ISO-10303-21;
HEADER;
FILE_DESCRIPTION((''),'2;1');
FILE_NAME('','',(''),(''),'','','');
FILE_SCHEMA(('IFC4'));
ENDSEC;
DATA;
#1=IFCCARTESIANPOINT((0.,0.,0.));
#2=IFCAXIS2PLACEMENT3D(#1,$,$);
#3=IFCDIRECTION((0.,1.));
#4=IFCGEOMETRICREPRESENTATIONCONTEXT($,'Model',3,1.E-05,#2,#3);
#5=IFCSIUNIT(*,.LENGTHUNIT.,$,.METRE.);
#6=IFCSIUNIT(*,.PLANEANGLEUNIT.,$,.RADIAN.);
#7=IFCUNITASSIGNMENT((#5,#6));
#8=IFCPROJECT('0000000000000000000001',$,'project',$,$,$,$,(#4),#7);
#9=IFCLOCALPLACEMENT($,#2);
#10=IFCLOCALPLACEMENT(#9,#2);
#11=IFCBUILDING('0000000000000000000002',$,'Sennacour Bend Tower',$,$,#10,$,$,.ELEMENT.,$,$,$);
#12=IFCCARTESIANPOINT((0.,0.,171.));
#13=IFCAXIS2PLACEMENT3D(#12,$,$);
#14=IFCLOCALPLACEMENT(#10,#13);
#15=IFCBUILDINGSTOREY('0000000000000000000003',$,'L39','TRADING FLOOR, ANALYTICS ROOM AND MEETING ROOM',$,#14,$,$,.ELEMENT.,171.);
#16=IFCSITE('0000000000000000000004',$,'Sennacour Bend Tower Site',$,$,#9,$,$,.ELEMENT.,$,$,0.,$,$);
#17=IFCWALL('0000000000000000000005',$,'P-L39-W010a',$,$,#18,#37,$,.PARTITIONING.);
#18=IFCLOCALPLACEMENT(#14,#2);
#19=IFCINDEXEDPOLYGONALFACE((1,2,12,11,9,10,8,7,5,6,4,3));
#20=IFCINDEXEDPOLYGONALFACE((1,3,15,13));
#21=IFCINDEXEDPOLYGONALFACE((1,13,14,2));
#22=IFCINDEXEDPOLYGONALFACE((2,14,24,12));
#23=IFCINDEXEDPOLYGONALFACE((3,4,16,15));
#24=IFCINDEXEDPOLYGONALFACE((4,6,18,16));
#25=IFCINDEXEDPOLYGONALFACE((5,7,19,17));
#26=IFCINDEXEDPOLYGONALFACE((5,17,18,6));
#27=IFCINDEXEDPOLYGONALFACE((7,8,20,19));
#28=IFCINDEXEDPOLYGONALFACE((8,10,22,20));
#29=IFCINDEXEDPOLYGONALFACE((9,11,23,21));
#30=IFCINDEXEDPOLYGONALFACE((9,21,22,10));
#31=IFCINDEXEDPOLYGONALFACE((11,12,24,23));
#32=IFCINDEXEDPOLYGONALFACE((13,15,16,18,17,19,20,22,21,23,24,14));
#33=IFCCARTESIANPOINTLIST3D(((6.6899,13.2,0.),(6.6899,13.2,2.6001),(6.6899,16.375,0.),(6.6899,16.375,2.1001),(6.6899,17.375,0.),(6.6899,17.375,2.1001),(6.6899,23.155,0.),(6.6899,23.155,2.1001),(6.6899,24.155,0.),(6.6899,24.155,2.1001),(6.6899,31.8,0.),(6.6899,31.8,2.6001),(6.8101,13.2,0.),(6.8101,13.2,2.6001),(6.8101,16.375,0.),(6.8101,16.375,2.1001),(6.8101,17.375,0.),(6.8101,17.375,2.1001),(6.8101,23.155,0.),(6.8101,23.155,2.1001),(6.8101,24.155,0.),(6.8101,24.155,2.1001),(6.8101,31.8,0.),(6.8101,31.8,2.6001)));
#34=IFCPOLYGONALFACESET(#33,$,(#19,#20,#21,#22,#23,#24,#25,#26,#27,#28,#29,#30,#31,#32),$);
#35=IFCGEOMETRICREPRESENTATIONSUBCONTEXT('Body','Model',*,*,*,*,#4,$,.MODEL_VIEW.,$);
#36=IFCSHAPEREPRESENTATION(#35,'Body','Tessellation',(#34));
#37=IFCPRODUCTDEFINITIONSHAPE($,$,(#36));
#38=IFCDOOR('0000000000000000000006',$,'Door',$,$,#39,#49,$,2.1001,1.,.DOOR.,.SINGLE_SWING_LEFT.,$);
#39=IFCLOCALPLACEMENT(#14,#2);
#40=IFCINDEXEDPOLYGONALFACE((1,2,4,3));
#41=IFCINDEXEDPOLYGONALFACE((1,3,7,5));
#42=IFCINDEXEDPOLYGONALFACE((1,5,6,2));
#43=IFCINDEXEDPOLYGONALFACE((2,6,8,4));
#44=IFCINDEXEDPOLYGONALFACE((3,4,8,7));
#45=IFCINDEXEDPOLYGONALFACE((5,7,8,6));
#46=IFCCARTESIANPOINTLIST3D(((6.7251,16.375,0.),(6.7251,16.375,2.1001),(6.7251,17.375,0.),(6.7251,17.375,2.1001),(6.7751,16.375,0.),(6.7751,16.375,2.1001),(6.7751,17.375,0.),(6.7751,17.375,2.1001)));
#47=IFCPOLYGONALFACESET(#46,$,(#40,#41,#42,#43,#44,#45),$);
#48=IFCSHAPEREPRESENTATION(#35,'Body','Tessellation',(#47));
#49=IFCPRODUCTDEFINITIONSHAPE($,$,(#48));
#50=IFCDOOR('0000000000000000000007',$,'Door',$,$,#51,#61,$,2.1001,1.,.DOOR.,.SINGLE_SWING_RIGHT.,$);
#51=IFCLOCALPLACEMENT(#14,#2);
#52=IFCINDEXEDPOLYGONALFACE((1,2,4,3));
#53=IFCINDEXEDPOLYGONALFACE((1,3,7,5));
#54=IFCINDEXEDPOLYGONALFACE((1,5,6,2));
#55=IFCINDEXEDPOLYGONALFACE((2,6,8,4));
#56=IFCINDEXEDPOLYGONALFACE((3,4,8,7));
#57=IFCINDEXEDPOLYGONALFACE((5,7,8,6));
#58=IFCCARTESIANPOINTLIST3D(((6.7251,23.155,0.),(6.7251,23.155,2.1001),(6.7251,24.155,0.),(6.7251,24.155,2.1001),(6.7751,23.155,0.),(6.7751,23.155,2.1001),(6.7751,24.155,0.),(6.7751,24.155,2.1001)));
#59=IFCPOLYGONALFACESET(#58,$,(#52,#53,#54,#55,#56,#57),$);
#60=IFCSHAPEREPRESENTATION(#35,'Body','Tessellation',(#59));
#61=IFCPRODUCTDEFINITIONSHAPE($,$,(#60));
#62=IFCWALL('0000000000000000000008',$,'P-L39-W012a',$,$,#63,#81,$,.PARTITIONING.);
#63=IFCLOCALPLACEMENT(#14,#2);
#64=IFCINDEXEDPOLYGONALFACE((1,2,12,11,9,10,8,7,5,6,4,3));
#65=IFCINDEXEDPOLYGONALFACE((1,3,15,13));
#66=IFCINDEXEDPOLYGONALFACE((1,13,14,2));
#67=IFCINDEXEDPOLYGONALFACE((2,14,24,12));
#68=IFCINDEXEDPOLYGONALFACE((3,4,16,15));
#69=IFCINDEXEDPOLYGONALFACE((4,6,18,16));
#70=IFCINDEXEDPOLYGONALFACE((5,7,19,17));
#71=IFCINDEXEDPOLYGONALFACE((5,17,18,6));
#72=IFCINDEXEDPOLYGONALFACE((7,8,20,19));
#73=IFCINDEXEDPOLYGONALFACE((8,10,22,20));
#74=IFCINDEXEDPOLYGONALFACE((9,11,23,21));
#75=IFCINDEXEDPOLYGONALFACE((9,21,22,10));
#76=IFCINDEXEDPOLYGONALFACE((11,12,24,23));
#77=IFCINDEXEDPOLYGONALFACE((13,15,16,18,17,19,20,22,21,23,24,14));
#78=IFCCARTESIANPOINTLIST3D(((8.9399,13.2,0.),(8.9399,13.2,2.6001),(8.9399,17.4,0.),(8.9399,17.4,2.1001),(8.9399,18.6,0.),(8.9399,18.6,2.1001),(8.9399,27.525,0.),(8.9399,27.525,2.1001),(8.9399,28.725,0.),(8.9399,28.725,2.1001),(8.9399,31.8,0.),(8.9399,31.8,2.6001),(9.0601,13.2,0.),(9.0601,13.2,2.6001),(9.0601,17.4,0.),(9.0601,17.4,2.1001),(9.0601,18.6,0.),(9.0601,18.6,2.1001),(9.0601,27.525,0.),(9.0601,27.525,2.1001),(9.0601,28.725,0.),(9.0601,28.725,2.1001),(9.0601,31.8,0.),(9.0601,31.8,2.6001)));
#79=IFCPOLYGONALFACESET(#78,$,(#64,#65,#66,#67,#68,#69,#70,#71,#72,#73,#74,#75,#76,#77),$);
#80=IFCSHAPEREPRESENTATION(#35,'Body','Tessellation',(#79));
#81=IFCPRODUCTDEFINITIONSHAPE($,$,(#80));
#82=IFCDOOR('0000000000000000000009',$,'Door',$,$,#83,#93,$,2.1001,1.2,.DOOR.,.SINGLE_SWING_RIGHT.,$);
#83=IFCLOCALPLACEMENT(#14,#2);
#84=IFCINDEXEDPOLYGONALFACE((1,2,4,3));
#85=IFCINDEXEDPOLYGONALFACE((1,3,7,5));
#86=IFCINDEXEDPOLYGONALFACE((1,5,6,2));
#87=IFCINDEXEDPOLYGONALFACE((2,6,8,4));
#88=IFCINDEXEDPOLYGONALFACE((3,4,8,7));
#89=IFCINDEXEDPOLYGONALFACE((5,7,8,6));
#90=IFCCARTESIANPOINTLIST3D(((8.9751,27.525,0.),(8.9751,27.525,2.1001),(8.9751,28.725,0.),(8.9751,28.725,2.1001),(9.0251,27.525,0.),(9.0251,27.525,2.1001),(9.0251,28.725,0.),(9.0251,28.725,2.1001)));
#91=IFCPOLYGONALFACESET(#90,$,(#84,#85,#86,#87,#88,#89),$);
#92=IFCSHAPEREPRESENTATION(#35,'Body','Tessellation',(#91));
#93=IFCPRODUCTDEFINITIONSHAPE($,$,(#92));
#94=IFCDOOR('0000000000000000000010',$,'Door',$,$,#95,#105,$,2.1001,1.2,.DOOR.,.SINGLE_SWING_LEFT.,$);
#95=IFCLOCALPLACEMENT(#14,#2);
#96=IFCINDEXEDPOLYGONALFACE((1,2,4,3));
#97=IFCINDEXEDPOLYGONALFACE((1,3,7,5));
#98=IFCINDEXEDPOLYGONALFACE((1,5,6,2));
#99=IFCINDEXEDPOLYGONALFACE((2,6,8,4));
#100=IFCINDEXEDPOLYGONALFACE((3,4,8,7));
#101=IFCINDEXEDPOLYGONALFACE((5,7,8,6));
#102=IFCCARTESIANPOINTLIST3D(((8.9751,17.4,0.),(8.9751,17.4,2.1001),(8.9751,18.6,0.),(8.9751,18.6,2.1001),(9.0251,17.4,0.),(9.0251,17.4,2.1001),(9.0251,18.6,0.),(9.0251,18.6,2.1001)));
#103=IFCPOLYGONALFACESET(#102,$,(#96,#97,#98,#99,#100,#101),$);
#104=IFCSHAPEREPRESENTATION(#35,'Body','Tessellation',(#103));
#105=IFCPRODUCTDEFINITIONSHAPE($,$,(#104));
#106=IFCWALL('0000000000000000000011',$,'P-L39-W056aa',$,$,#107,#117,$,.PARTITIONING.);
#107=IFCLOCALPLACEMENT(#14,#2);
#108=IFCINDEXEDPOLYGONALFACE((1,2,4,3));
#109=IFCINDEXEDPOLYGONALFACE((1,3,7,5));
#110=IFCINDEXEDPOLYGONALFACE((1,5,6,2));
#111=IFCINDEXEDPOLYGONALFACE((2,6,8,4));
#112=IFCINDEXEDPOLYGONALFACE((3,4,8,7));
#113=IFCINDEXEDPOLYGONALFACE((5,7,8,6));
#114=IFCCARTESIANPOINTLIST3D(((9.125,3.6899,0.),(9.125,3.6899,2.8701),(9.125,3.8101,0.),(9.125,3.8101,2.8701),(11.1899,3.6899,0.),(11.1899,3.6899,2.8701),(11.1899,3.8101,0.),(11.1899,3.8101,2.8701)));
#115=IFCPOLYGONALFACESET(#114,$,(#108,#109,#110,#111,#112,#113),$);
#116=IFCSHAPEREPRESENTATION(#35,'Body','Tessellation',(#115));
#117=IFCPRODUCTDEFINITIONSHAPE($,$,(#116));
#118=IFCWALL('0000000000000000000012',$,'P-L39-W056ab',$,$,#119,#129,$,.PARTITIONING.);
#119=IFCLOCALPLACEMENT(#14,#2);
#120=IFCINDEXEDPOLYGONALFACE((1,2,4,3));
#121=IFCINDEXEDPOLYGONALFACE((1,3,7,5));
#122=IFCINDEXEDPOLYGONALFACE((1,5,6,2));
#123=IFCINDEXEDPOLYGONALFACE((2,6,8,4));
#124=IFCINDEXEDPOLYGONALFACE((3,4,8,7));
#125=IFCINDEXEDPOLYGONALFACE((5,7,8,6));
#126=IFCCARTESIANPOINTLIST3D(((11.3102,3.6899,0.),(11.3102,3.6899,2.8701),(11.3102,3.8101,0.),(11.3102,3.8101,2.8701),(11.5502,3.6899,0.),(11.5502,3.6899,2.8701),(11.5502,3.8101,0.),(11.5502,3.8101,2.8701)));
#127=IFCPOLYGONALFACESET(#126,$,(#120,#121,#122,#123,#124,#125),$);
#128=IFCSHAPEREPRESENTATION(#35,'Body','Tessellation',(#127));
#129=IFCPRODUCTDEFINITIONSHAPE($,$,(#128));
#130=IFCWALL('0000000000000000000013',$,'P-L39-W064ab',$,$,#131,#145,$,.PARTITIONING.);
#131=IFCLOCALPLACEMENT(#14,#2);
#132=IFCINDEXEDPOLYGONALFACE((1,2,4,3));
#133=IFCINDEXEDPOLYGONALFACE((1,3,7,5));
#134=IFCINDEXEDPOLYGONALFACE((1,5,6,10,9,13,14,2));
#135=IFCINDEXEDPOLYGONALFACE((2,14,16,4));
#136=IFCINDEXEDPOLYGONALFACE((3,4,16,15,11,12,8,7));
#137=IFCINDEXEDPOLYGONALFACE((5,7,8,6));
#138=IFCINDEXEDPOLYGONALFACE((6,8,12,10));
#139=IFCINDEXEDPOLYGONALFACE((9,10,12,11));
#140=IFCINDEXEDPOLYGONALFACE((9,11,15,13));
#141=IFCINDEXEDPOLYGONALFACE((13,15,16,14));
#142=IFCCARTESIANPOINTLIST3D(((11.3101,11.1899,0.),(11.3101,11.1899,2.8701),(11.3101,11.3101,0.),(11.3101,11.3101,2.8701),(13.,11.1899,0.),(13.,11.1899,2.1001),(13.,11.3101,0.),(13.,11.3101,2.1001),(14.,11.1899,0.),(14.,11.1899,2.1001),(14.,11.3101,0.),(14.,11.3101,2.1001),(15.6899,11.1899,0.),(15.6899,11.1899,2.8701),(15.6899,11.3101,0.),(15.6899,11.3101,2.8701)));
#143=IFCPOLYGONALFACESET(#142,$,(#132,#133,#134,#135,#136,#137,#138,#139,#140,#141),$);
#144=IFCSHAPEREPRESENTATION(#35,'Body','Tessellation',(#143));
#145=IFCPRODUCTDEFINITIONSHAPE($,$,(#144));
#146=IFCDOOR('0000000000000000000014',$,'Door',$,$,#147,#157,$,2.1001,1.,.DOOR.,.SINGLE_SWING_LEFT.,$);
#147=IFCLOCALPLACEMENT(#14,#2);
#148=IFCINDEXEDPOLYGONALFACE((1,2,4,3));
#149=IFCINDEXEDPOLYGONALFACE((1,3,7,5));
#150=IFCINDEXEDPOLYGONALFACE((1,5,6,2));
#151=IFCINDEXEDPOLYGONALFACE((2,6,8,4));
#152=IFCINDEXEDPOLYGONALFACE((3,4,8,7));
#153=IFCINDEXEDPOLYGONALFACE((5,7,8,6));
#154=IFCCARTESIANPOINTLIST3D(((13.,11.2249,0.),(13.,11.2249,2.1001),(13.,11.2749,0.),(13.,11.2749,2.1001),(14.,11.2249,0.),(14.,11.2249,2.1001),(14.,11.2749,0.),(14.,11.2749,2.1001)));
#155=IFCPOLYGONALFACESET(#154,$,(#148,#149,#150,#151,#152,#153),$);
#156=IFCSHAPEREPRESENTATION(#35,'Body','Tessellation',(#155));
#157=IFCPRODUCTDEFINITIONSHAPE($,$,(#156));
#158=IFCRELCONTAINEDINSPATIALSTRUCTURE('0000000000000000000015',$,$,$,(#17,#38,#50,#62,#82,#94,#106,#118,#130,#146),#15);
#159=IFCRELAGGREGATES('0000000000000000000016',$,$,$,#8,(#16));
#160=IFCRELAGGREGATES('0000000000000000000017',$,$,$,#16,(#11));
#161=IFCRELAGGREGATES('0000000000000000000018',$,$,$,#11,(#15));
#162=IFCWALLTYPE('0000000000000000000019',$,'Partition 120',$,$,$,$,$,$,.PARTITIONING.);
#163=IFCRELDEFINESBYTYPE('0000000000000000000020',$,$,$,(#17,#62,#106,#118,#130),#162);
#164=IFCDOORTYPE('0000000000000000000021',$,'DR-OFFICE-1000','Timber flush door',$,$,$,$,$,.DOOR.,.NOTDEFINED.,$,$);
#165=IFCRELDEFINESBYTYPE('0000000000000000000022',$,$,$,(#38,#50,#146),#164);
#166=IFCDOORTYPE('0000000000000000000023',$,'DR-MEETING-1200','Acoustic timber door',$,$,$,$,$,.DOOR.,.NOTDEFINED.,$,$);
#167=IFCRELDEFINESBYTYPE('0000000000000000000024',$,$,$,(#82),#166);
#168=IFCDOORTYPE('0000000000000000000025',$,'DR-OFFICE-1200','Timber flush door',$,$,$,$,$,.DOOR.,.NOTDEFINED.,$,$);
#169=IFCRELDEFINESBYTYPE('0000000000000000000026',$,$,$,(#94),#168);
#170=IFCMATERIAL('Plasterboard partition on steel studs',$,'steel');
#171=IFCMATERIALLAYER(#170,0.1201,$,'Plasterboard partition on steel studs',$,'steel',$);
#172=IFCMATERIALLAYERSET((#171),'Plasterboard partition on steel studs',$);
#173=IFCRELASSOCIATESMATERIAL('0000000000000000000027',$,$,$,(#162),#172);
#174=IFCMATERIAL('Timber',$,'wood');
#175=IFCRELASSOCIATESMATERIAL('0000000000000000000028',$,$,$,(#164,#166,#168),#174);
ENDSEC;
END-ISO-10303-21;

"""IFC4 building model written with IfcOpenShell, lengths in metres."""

from ifc_helpers import new_model, si_unit, direction, frame, frame_2d, origin, place, context, subcontext, project, spatial, rectangle, extrude, material, layer, layer_set, type_object, element, fill, save


model = new_model("IFC4")

# Units and contexts
model_context = context("Model", 3, precision=1e-05, world=origin(), true_north=direction((0.0, 1.0)))
body_context = subcontext(model_context, "Body", "Model", "MODEL_VIEW")
ifc_project = project(units=[si_unit("LENGTHUNIT", "METRE"), si_unit("PLANEANGLEUNIT", "RADIAN")], contexts=[model_context])

# Site, building, storey
site_placement = place(None, origin())
site = spatial("IfcSite", under=ifc_project, at=site_placement, Name="Sennacour Bend Tower Site", CompositionType="ELEMENT", RefElevation=0.0)
building_placement = place(site_placement, origin())
building = spatial("IfcBuilding", under=site, at=building_placement, Name="Sennacour Bend Tower", CompositionType="ELEMENT")
storey_placement = place(building_placement, frame((0.0, 0.0, 171.0)))
storey = spatial("IfcBuildingStorey", under=building, at=storey_placement, Name="L39", Description="TRADING FLOOR, ANALYTICS ROOM AND MEETING ROOM", CompositionType="ELEMENT", Elevation=171.0)

# Walls, openings, doors
ifc_material_1 = material(Name="Plasterboard partition on steel studs", Category="steel")
ifc_layer_1 = layer(ifc_material_1, 0.1201, Name="Plasterboard partition on steel studs", Category="steel")
ifc_layer_set_1 = layer_set([ifc_layer_1], Name="Plasterboard partition on steel studs")
wall_type_1 = type_object("IfcWallType", Name="Partition 120", PredefinedType="PARTITIONING", material=ifc_layer_set_1)
wall_1_placement = place(storey_placement, frame((6.75, 13.2, 0.0), z_axis=(0.0, 0.0, 1.0), x_axis=(0.0, 1.0, 0.0)))
wall_1 = element("IfcWall", 1, at=wall_1_placement, inside=storey, type_object=wall_type_1, Name="P-L39-W010a", PredefinedType="PARTITIONING", context=body_context, shape_type="SweptSolid", body=[
    extrude(rectangle(XDim=18.6001, YDim=0.1201, at=frame_2d((9.3, 0.0))), origin(), (0.0, 0.0, 1.0), 2.6001),
])
opening_1_placement = place(wall_1_placement, frame((3.175, 0.0, 0.0)))
opening_1 = element("IfcOpeningElement", 2, at=opening_1_placement, cuts=wall_1, PredefinedType="OPENING", context=body_context, shape_type="SweptSolid", body=[
    extrude(rectangle(XDim=1.0, YDim=2.1001, at=frame_2d((0.5, 1.05))), frame((0.0, 0.0701, 0.0), z_axis=(0.0, -1.0, 0.0), x_axis=(1.0, 0.0, 0.0)), (0.0, 0.0, 1.0), 0.1401),
])
opening_2_placement = place(wall_1_placement, frame((9.9551, 0.0, 0.0)))
opening_2 = element("IfcOpeningElement", 3, at=opening_2_placement, cuts=wall_1, PredefinedType="OPENING", context=body_context, shape_type="SweptSolid", body=[
    extrude(rectangle(XDim=1.0, YDim=2.1001, at=frame_2d((0.5, 1.05))), frame((0.0, 0.0701, 0.0), z_axis=(0.0, -1.0, 0.0), x_axis=(1.0, 0.0, 0.0)), (0.0, 0.0, 1.0), 0.1401),
])
ifc_material_2 = material(Name="Timber", Category="wood")
door_type_1 = type_object("IfcDoorType", Name="DR-OFFICE-1000", Description="Timber flush door", OperationType="NOTDEFINED", PredefinedType="DOOR", material=ifc_material_2)
door_1_placement = place(opening_1_placement, origin())
door_1 = element("IfcDoor", 4, at=door_1_placement, inside=storey, type_object=door_type_1, Name="Door", OperationType="SINGLE_SWING_LEFT", OverallHeight=2.1001, OverallWidth=1.0, PredefinedType="DOOR", context=body_context, shape_type="SweptSolid", body=[
    extrude(rectangle(XDim=1.0, YDim=2.1001, at=frame_2d((0.5, 1.05))), frame((0.0, 0.0249, 0.0), z_axis=(0.0, -1.0, 0.0), x_axis=(1.0, 0.0, 0.0)), (0.0, 0.0, 1.0), 0.05),
])
fill(opening_1, door_1)
door_2_placement = place(opening_2_placement, origin())
door_2 = element("IfcDoor", 5, at=door_2_placement, inside=storey, type_object=door_type_1, Name="Door", OperationType="SINGLE_SWING_RIGHT", OverallHeight=2.1001, OverallWidth=1.0, PredefinedType="DOOR", context=body_context, shape_type="SweptSolid", body=[
    extrude(rectangle(XDim=1.0, YDim=2.1001, at=frame_2d((0.5, 1.05))), frame((0.0, 0.0249, 0.0), z_axis=(0.0, -1.0, 0.0), x_axis=(1.0, 0.0, 0.0)), (0.0, 0.0, 1.0), 0.05),
])
fill(opening_2, door_2)
wall_2_placement = place(storey_placement, frame((9.0, 13.2, 0.0), z_axis=(0.0, 0.0, 1.0), x_axis=(0.0, 1.0, 0.0)))
wall_2 = element("IfcWall", 6, at=wall_2_placement, inside=storey, type_object=wall_type_1, Name="P-L39-W012a", PredefinedType="PARTITIONING", context=body_context, shape_type="SweptSolid", body=[
    extrude(rectangle(XDim=18.6001, YDim=0.1201, at=frame_2d((9.3, 0.0))), origin(), (0.0, 0.0, 1.0), 2.6001),
])
opening_3_placement = place(wall_2_placement, frame((14.325, 0.0, 0.0)))
opening_3 = element("IfcOpeningElement", 7, at=opening_3_placement, cuts=wall_2, PredefinedType="OPENING", context=body_context, shape_type="SweptSolid", body=[
    extrude(rectangle(XDim=1.2, YDim=2.1001, at=frame_2d((0.6001, 1.05))), frame((0.0, 0.0701, 0.0), z_axis=(0.0, -1.0, 0.0), x_axis=(1.0, 0.0, 0.0)), (0.0, 0.0, 1.0), 0.1401),
])
opening_4_placement = place(wall_2_placement, frame((4.2, 0.0, 0.0)))
opening_4 = element("IfcOpeningElement", 8, at=opening_4_placement, cuts=wall_2, PredefinedType="OPENING", context=body_context, shape_type="SweptSolid", body=[
    extrude(rectangle(XDim=1.2, YDim=2.1001, at=frame_2d((0.6001, 1.05))), frame((0.0, 0.0701, 0.0), z_axis=(0.0, -1.0, 0.0), x_axis=(1.0, 0.0, 0.0)), (0.0, 0.0, 1.0), 0.1401),
])
door_type_2 = type_object("IfcDoorType", Name="DR-MEETING-1200", Description="Acoustic timber door", OperationType="NOTDEFINED", PredefinedType="DOOR", material=ifc_material_2)
door_3_placement = place(opening_3_placement, origin())
door_3 = element("IfcDoor", 9, at=door_3_placement, inside=storey, type_object=door_type_2, Name="Door", OperationType="SINGLE_SWING_RIGHT", OverallHeight=2.1001, OverallWidth=1.2, PredefinedType="DOOR", context=body_context, shape_type="SweptSolid", body=[
    extrude(rectangle(XDim=1.2, YDim=2.1001, at=frame_2d((0.6001, 1.05))), frame((0.0, 0.0249, 0.0), z_axis=(0.0, -1.0, 0.0), x_axis=(1.0, 0.0, 0.0)), (0.0, 0.0, 1.0), 0.05),
])
fill(opening_3, door_3)
door_type_3 = type_object("IfcDoorType", Name="DR-OFFICE-1200", Description="Timber flush door", OperationType="NOTDEFINED", PredefinedType="DOOR", material=ifc_material_2)
door_4_placement = place(opening_4_placement, origin())
door_4 = element("IfcDoor", 10, at=door_4_placement, inside=storey, type_object=door_type_3, Name="Door", OperationType="SINGLE_SWING_LEFT", OverallHeight=2.1001, OverallWidth=1.2, PredefinedType="DOOR", context=body_context, shape_type="SweptSolid", body=[
    extrude(rectangle(XDim=1.2, YDim=2.1001, at=frame_2d((0.6001, 1.05))), frame((0.0, 0.0249, 0.0), z_axis=(0.0, -1.0, 0.0), x_axis=(1.0, 0.0, 0.0)), (0.0, 0.0, 1.0), 0.05),
])
fill(opening_4, door_4)

# Walls
wall_3_placement = place(storey_placement, frame((9.125, 3.75, 0.0), z_axis=(0.0, 0.0, 1.0), x_axis=(1.0, 0.0, 0.0)))
element("IfcWall", 11, at=wall_3_placement, inside=storey, type_object=wall_type_1, Name="P-L39-W056aa", PredefinedType="PARTITIONING", context=body_context, shape_type="SweptSolid", body=[
    extrude(rectangle(XDim=2.0649, YDim=0.1201, at=frame_2d((1.0325, 0.0))), origin(), (0.0, 0.0, 1.0), 2.8701),
])
wall_4_placement = place(storey_placement, frame((11.3101, 3.75, 0.0), z_axis=(0.0, 0.0, 1.0), x_axis=(1.0, 0.0, 0.0)))
element("IfcWall", 12, at=wall_4_placement, inside=storey, type_object=wall_type_1, Name="P-L39-W056ab", PredefinedType="PARTITIONING", context=body_context, shape_type="SweptSolid", body=[
    extrude(rectangle(XDim=0.24, YDim=0.1201, at=frame_2d((0.1201, 0.0))), origin(), (0.0, 0.0, 1.0), 2.8701),
])

# Wall, opening, door
wall_5_placement = place(storey_placement, frame((11.3101, 11.25, 0.0), z_axis=(0.0, 0.0, 1.0), x_axis=(1.0, 0.0, 0.0)))
wall_5 = element("IfcWall", 13, at=wall_5_placement, inside=storey, type_object=wall_type_1, Name="P-L39-W064ab", PredefinedType="PARTITIONING", context=body_context, shape_type="SweptSolid", body=[
    extrude(rectangle(XDim=4.3799, YDim=0.1201, at=frame_2d((2.1899, 0.0))), origin(), (0.0, 0.0, 1.0), 2.8701),
])
opening_5_placement = place(wall_5_placement, frame((1.6899, 0.0, 0.0)))
opening_5 = element("IfcOpeningElement", 14, at=opening_5_placement, cuts=wall_5, PredefinedType="OPENING", context=body_context, shape_type="SweptSolid", body=[
    extrude(rectangle(XDim=1.0, YDim=2.1001, at=frame_2d((0.5, 1.05))), frame((0.0, 0.0701, 0.0), z_axis=(0.0, -1.0, 0.0), x_axis=(1.0, 0.0, 0.0)), (0.0, 0.0, 1.0), 0.1401),
])
door_5_placement = place(opening_5_placement, origin())
door_5 = element("IfcDoor", 15, at=door_5_placement, inside=storey, type_object=door_type_1, Name="Door", OperationType="SINGLE_SWING_LEFT", OverallHeight=2.1001, OverallWidth=1.0, PredefinedType="DOOR", context=body_context, shape_type="SweptSolid", body=[
    extrude(rectangle(XDim=1.0, YDim=2.1001, at=frame_2d((0.5, 1.05))), frame((0.0, 0.0249, 0.0), z_axis=(0.0, -1.0, 0.0), x_axis=(1.0, 0.0, 0.0)), (0.0, 0.0, 1.0), 0.05),
])
fill(opening_5, door_5)

save(model, "model.ifc")
